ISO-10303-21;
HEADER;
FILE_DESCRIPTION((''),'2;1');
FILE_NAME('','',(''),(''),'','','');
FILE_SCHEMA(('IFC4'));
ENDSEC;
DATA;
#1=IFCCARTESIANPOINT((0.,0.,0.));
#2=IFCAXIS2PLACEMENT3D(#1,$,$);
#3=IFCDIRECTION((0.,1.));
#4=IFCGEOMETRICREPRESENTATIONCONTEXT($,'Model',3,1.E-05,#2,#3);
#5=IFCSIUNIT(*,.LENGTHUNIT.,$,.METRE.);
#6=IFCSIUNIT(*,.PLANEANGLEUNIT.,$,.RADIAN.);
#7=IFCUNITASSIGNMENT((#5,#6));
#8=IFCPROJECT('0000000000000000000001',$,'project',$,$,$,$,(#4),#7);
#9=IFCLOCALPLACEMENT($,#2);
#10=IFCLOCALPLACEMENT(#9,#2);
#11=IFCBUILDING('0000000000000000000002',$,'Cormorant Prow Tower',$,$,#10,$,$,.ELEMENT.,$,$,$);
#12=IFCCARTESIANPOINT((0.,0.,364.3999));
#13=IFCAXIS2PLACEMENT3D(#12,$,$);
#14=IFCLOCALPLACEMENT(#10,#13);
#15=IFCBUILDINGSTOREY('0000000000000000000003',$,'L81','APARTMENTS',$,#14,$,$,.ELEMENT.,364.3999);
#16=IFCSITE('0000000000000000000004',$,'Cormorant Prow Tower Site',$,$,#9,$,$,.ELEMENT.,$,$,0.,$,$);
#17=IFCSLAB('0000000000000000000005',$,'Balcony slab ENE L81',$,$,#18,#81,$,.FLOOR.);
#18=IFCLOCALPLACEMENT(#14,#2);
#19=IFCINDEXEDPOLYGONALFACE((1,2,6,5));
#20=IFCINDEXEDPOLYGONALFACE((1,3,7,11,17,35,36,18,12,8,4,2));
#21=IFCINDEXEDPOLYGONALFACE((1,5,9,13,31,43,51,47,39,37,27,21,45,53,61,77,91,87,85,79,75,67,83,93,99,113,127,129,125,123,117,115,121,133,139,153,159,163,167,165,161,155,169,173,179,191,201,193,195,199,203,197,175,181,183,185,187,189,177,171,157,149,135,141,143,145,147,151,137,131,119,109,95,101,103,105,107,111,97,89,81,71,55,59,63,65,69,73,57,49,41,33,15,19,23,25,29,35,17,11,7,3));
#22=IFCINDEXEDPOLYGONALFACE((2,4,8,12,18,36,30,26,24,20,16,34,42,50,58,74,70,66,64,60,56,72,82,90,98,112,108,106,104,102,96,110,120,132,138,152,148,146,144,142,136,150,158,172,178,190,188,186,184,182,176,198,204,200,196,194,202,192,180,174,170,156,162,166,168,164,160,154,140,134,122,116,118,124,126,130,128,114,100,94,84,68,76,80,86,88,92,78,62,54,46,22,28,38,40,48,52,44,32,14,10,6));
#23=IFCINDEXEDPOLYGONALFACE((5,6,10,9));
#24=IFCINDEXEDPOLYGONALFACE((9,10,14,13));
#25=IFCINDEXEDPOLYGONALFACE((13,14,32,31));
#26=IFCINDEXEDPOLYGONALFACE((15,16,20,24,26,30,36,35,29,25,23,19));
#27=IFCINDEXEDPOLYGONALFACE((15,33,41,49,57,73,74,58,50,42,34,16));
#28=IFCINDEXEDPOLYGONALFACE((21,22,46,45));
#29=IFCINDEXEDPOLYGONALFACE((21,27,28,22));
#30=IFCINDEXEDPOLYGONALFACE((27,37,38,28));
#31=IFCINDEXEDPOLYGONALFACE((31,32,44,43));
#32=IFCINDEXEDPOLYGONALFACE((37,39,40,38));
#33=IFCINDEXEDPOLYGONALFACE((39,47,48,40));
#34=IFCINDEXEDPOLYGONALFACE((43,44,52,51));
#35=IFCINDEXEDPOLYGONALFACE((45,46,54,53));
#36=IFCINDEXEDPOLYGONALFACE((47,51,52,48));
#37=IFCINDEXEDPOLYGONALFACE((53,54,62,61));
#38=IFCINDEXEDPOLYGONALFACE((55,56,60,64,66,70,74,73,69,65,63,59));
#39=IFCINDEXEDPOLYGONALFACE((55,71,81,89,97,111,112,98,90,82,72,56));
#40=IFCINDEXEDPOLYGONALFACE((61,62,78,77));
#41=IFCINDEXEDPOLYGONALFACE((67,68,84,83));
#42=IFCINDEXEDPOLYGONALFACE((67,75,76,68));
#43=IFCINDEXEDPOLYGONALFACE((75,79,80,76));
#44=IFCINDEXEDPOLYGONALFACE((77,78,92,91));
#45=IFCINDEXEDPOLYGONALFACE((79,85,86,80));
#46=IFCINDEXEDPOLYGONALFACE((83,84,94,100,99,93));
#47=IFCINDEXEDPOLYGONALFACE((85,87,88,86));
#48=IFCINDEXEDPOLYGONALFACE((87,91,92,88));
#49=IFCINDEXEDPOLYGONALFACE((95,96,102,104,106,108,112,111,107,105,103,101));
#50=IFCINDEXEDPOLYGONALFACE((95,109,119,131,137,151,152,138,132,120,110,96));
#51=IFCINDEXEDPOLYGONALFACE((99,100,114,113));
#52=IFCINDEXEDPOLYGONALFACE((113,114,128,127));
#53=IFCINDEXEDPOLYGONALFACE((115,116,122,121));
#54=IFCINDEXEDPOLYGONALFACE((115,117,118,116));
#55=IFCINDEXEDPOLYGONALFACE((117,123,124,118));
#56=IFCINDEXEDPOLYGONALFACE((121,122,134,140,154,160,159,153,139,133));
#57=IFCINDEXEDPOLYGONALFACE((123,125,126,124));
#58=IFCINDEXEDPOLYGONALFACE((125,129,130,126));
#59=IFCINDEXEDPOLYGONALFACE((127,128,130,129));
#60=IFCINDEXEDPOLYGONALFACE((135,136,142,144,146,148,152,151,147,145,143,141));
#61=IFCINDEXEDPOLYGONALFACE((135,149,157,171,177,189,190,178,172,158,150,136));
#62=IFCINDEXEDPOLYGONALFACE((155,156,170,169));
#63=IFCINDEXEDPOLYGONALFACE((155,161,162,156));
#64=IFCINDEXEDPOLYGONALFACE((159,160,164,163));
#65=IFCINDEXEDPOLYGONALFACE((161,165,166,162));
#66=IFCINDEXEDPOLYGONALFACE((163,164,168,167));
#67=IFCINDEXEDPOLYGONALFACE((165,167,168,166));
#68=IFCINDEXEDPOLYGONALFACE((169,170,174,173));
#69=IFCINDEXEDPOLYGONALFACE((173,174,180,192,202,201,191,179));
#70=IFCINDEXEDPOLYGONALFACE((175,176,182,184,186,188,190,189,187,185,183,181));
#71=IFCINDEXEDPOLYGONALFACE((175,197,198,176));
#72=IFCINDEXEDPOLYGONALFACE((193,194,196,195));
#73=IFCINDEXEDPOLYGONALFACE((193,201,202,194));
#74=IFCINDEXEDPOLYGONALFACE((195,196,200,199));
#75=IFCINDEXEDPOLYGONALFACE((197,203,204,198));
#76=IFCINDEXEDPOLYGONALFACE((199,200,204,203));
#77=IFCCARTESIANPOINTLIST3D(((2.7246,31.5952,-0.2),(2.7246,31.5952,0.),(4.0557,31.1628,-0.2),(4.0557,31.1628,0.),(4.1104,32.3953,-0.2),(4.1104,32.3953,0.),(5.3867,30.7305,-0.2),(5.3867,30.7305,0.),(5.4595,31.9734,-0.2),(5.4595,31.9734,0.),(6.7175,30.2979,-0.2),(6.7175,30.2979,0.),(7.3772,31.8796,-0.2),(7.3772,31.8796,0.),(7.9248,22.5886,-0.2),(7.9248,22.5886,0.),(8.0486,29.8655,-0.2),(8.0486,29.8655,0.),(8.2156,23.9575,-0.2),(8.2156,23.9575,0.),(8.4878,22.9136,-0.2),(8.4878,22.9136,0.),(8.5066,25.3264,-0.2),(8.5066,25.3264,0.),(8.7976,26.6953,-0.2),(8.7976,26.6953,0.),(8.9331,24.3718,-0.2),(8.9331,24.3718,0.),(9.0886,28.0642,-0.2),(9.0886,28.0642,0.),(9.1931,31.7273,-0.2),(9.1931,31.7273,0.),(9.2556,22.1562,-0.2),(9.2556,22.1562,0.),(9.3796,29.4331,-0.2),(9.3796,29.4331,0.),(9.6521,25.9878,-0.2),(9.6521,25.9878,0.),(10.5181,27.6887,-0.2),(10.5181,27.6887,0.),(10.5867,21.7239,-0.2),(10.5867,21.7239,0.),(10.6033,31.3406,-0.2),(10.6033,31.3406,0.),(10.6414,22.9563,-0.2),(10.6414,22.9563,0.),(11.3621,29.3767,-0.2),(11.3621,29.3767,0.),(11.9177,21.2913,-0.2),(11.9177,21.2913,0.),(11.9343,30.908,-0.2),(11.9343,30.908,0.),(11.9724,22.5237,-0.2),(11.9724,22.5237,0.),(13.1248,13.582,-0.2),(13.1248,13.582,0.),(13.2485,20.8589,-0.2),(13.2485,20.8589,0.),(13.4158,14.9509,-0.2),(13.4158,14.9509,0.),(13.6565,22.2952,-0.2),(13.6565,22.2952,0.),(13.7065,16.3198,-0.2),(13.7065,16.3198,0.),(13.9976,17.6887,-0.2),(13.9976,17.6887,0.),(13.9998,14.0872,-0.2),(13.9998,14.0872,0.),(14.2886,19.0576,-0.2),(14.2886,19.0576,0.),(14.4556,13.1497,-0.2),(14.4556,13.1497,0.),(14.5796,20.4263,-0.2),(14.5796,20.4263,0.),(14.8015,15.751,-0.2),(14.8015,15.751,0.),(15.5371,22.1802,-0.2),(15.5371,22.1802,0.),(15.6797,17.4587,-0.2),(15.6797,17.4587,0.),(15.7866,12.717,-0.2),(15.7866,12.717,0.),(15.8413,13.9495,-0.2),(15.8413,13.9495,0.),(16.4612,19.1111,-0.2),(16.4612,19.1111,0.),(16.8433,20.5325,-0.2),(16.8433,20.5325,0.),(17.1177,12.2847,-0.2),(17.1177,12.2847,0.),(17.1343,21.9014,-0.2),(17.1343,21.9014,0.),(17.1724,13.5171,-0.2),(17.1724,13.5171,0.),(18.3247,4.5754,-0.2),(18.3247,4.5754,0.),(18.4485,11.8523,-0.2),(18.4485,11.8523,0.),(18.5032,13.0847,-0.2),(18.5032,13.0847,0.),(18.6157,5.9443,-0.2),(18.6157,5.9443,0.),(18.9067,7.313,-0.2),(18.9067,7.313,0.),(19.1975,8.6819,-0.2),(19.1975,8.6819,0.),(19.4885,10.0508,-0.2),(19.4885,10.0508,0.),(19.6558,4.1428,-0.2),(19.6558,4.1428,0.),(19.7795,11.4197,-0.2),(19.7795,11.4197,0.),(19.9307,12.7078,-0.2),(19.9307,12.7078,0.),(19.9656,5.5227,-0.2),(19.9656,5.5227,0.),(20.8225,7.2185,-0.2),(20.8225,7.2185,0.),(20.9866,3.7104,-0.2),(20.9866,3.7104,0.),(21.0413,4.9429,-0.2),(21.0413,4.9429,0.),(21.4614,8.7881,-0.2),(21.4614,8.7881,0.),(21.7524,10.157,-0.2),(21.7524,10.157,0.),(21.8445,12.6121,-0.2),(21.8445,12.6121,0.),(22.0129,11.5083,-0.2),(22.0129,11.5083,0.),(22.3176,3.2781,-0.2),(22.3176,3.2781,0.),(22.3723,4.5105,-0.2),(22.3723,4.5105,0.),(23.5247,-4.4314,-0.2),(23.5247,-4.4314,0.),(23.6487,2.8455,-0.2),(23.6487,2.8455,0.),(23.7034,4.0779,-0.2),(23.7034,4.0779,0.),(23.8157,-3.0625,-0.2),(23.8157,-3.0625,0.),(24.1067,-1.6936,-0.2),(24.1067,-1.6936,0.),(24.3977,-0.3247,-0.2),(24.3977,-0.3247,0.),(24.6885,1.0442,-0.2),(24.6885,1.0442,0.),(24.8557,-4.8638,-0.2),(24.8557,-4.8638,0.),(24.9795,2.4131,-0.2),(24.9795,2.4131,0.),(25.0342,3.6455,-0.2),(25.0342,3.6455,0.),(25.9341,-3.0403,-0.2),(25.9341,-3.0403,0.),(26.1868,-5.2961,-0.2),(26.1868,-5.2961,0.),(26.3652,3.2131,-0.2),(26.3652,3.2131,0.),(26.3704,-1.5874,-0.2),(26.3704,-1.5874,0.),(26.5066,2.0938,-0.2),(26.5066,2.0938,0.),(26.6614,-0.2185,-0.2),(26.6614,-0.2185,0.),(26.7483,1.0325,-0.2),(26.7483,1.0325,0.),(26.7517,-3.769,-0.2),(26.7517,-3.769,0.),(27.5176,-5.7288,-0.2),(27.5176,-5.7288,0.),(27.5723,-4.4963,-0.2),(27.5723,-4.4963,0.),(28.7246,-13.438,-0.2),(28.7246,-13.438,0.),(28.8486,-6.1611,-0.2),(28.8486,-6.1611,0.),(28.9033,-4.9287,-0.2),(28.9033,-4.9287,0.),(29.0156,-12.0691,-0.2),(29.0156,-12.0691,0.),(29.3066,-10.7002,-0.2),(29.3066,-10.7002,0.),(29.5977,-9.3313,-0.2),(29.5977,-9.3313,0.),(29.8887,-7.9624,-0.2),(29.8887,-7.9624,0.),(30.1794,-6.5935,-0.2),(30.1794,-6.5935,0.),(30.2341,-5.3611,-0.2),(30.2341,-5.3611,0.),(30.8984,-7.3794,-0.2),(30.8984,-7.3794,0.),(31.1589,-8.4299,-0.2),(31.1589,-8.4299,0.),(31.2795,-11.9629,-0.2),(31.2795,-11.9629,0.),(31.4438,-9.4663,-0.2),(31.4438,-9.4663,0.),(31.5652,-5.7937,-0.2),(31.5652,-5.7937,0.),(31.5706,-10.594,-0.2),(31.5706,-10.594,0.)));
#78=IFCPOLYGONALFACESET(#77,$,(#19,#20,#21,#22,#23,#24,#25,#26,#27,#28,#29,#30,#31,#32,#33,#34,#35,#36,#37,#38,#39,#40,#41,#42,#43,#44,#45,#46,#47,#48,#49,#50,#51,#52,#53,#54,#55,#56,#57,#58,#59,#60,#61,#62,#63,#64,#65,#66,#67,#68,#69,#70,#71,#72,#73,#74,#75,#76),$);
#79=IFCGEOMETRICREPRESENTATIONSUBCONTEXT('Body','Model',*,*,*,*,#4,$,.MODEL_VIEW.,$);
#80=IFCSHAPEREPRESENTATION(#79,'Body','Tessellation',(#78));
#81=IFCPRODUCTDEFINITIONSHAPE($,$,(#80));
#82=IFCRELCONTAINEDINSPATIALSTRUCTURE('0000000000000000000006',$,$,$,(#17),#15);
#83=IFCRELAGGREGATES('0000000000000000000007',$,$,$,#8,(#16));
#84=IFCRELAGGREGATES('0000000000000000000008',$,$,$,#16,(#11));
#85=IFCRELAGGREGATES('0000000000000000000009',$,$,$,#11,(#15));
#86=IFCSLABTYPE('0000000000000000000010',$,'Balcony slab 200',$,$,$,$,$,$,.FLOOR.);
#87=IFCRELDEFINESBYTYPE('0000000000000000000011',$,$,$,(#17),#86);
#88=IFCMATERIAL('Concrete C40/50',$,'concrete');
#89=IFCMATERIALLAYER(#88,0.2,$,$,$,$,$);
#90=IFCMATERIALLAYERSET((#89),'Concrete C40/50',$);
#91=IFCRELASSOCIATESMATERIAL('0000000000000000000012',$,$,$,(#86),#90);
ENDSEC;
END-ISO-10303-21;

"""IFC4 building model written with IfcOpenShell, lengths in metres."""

from ifc_helpers import new_model, si_unit, direction, frame, origin, place, context, subcontext, project, spatial, polyline, outline, extrude, material, layer, layer_set, type_object, element, save


model = new_model("IFC4")

# Units and contexts
model_context = context("Model", 3, precision=1e-05, world=origin(), true_north=direction((0.0, 1.0)))
body_context = subcontext(model_context, "Body", "Model", "MODEL_VIEW")
ifc_project = project(units=[si_unit("LENGTHUNIT", "METRE"), si_unit("PLANEANGLEUNIT", "RADIAN")], contexts=[model_context])

# Site, building, storey
site_placement = place(None, origin())
site = spatial("IfcSite", under=ifc_project, at=site_placement, Name="Cormorant Prow Tower Site", CompositionType="ELEMENT", RefElevation=0.0)
building_placement = place(site_placement, origin())
building = spatial("IfcBuilding", under=site, at=building_placement, Name="Cormorant Prow Tower", CompositionType="ELEMENT")
storey_placement = place(building_placement, frame((0.0, 0.0, 364.3999)))
storey = spatial("IfcBuildingStorey", under=building, at=storey_placement, Name="L81", Description="APARTMENTS", CompositionType="ELEMENT", Elevation=364.3999)

# Slab
ifc_material_1 = material(Name="Concrete C40/50", Category="concrete")
ifc_layer_1 = layer(ifc_material_1, 0.2)
ifc_layer_set_1 = layer_set([ifc_layer_1], Name="Concrete C40/50")
slab_type_1 = type_object("IfcSlabType", Name="Balcony slab 200", PredefinedType="FLOOR", material=ifc_layer_set_1)
slab_1_placement = place(storey_placement, frame((0.0, 0.0, -0.2)))
element("IfcSlab", 1, at=slab_1_placement, inside=storey, type_object=slab_type_1, Name="Balcony slab ENE L81", PredefinedType="FLOOR", context=body_context, shape_type="SweptSolid", body=[
    extrude(outline(polyline([(28.7246, -13.438), (31.2795, -11.9629), (31.5706, -10.594), (31.4438, -9.4663), (31.1589, -8.4299), (30.8984, -7.3794), (31.5652, -5.7937), (30.2341, -5.3611), (28.9033, -4.9287), (27.5723, -4.4963), (26.7517, -3.769), (25.9341, -3.0403), (26.3704, -1.5874), (26.6614, -0.2185), (26.7483, 1.0325), (26.5066, 2.0938), (26.3652, 3.2131), (25.0342, 3.6455), (23.7034, 4.0779), (22.3723, 4.5105), (21.0413, 4.9429), (19.9656, 5.5227), (20.8225, 7.2185), (21.4614, 8.7881), (21.7524, 10.157), (22.0129, 11.5083), (21.8445, 12.6121), (19.9307, 12.7078), (18.5032, 13.0847), (17.1724, 13.5171), (15.8413, 13.9495), (13.9998, 14.0872), (14.8015, 15.751), (15.6797, 17.4587), (16.4612, 19.1111), (16.8433, 20.5325), (17.1343, 21.9014), (15.5371, 22.1802), (13.6565, 22.2952), (11.9724, 22.5237), (10.6414, 22.9563), (8.4878, 22.9136), (8.9331, 24.3718), (9.6521, 25.9878), (10.5181, 27.6887), (11.3621, 29.3767), (11.9343, 30.908), (10.6033, 31.3406), (9.1931, 31.7273), (7.3772, 31.8796), (5.4595, 31.9734), (4.1104, 32.3953), (2.7246, 31.5952), (4.0557, 31.1628), (5.3867, 30.7305), (6.7175, 30.2979), (8.0486, 29.8655), (9.3796, 29.4331), (9.0886, 28.0642), (8.7976, 26.6953), (8.5066, 25.3264), (8.2156, 23.9575), (7.9248, 22.5886), (9.2556, 22.1562), (10.5867, 21.7239), (11.9177, 21.2913), (13.2485, 20.8589), (14.5796, 20.4263), (14.2886, 19.0576), (13.9976, 17.6887), (13.7065, 16.3198), (13.4158, 14.9509), (13.1248, 13.582), (14.4556, 13.1497), (15.7866, 12.717), (17.1177, 12.2847), (18.4485, 11.8523), (19.7795, 11.4197), (19.4885, 10.0508), (19.1975, 8.6819), (18.9067, 7.313), (18.6157, 5.9443), (18.3247, 4.5754), (19.6558, 4.1428), (20.9866, 3.7104), (22.3176, 3.2781), (23.6487, 2.8455), (24.9795, 2.4131), (24.6885, 1.0442), (24.3977, -0.3247), (24.1067, -1.6936), (23.8157, -3.0625), (23.5247, -4.4314), (24.8557, -4.8638), (26.1868, -5.2961), (27.5176, -5.7288), (28.8486, -6.1611), (30.1794, -6.5935), (29.8887, -7.9624), (29.5977, -9.3313), (29.3066, -10.7002), (29.0156, -12.0691), (28.7246, -13.438)])), origin(), (0.0, 0.0, 1.0), 0.2),
])

save(model, "model.ifc")
